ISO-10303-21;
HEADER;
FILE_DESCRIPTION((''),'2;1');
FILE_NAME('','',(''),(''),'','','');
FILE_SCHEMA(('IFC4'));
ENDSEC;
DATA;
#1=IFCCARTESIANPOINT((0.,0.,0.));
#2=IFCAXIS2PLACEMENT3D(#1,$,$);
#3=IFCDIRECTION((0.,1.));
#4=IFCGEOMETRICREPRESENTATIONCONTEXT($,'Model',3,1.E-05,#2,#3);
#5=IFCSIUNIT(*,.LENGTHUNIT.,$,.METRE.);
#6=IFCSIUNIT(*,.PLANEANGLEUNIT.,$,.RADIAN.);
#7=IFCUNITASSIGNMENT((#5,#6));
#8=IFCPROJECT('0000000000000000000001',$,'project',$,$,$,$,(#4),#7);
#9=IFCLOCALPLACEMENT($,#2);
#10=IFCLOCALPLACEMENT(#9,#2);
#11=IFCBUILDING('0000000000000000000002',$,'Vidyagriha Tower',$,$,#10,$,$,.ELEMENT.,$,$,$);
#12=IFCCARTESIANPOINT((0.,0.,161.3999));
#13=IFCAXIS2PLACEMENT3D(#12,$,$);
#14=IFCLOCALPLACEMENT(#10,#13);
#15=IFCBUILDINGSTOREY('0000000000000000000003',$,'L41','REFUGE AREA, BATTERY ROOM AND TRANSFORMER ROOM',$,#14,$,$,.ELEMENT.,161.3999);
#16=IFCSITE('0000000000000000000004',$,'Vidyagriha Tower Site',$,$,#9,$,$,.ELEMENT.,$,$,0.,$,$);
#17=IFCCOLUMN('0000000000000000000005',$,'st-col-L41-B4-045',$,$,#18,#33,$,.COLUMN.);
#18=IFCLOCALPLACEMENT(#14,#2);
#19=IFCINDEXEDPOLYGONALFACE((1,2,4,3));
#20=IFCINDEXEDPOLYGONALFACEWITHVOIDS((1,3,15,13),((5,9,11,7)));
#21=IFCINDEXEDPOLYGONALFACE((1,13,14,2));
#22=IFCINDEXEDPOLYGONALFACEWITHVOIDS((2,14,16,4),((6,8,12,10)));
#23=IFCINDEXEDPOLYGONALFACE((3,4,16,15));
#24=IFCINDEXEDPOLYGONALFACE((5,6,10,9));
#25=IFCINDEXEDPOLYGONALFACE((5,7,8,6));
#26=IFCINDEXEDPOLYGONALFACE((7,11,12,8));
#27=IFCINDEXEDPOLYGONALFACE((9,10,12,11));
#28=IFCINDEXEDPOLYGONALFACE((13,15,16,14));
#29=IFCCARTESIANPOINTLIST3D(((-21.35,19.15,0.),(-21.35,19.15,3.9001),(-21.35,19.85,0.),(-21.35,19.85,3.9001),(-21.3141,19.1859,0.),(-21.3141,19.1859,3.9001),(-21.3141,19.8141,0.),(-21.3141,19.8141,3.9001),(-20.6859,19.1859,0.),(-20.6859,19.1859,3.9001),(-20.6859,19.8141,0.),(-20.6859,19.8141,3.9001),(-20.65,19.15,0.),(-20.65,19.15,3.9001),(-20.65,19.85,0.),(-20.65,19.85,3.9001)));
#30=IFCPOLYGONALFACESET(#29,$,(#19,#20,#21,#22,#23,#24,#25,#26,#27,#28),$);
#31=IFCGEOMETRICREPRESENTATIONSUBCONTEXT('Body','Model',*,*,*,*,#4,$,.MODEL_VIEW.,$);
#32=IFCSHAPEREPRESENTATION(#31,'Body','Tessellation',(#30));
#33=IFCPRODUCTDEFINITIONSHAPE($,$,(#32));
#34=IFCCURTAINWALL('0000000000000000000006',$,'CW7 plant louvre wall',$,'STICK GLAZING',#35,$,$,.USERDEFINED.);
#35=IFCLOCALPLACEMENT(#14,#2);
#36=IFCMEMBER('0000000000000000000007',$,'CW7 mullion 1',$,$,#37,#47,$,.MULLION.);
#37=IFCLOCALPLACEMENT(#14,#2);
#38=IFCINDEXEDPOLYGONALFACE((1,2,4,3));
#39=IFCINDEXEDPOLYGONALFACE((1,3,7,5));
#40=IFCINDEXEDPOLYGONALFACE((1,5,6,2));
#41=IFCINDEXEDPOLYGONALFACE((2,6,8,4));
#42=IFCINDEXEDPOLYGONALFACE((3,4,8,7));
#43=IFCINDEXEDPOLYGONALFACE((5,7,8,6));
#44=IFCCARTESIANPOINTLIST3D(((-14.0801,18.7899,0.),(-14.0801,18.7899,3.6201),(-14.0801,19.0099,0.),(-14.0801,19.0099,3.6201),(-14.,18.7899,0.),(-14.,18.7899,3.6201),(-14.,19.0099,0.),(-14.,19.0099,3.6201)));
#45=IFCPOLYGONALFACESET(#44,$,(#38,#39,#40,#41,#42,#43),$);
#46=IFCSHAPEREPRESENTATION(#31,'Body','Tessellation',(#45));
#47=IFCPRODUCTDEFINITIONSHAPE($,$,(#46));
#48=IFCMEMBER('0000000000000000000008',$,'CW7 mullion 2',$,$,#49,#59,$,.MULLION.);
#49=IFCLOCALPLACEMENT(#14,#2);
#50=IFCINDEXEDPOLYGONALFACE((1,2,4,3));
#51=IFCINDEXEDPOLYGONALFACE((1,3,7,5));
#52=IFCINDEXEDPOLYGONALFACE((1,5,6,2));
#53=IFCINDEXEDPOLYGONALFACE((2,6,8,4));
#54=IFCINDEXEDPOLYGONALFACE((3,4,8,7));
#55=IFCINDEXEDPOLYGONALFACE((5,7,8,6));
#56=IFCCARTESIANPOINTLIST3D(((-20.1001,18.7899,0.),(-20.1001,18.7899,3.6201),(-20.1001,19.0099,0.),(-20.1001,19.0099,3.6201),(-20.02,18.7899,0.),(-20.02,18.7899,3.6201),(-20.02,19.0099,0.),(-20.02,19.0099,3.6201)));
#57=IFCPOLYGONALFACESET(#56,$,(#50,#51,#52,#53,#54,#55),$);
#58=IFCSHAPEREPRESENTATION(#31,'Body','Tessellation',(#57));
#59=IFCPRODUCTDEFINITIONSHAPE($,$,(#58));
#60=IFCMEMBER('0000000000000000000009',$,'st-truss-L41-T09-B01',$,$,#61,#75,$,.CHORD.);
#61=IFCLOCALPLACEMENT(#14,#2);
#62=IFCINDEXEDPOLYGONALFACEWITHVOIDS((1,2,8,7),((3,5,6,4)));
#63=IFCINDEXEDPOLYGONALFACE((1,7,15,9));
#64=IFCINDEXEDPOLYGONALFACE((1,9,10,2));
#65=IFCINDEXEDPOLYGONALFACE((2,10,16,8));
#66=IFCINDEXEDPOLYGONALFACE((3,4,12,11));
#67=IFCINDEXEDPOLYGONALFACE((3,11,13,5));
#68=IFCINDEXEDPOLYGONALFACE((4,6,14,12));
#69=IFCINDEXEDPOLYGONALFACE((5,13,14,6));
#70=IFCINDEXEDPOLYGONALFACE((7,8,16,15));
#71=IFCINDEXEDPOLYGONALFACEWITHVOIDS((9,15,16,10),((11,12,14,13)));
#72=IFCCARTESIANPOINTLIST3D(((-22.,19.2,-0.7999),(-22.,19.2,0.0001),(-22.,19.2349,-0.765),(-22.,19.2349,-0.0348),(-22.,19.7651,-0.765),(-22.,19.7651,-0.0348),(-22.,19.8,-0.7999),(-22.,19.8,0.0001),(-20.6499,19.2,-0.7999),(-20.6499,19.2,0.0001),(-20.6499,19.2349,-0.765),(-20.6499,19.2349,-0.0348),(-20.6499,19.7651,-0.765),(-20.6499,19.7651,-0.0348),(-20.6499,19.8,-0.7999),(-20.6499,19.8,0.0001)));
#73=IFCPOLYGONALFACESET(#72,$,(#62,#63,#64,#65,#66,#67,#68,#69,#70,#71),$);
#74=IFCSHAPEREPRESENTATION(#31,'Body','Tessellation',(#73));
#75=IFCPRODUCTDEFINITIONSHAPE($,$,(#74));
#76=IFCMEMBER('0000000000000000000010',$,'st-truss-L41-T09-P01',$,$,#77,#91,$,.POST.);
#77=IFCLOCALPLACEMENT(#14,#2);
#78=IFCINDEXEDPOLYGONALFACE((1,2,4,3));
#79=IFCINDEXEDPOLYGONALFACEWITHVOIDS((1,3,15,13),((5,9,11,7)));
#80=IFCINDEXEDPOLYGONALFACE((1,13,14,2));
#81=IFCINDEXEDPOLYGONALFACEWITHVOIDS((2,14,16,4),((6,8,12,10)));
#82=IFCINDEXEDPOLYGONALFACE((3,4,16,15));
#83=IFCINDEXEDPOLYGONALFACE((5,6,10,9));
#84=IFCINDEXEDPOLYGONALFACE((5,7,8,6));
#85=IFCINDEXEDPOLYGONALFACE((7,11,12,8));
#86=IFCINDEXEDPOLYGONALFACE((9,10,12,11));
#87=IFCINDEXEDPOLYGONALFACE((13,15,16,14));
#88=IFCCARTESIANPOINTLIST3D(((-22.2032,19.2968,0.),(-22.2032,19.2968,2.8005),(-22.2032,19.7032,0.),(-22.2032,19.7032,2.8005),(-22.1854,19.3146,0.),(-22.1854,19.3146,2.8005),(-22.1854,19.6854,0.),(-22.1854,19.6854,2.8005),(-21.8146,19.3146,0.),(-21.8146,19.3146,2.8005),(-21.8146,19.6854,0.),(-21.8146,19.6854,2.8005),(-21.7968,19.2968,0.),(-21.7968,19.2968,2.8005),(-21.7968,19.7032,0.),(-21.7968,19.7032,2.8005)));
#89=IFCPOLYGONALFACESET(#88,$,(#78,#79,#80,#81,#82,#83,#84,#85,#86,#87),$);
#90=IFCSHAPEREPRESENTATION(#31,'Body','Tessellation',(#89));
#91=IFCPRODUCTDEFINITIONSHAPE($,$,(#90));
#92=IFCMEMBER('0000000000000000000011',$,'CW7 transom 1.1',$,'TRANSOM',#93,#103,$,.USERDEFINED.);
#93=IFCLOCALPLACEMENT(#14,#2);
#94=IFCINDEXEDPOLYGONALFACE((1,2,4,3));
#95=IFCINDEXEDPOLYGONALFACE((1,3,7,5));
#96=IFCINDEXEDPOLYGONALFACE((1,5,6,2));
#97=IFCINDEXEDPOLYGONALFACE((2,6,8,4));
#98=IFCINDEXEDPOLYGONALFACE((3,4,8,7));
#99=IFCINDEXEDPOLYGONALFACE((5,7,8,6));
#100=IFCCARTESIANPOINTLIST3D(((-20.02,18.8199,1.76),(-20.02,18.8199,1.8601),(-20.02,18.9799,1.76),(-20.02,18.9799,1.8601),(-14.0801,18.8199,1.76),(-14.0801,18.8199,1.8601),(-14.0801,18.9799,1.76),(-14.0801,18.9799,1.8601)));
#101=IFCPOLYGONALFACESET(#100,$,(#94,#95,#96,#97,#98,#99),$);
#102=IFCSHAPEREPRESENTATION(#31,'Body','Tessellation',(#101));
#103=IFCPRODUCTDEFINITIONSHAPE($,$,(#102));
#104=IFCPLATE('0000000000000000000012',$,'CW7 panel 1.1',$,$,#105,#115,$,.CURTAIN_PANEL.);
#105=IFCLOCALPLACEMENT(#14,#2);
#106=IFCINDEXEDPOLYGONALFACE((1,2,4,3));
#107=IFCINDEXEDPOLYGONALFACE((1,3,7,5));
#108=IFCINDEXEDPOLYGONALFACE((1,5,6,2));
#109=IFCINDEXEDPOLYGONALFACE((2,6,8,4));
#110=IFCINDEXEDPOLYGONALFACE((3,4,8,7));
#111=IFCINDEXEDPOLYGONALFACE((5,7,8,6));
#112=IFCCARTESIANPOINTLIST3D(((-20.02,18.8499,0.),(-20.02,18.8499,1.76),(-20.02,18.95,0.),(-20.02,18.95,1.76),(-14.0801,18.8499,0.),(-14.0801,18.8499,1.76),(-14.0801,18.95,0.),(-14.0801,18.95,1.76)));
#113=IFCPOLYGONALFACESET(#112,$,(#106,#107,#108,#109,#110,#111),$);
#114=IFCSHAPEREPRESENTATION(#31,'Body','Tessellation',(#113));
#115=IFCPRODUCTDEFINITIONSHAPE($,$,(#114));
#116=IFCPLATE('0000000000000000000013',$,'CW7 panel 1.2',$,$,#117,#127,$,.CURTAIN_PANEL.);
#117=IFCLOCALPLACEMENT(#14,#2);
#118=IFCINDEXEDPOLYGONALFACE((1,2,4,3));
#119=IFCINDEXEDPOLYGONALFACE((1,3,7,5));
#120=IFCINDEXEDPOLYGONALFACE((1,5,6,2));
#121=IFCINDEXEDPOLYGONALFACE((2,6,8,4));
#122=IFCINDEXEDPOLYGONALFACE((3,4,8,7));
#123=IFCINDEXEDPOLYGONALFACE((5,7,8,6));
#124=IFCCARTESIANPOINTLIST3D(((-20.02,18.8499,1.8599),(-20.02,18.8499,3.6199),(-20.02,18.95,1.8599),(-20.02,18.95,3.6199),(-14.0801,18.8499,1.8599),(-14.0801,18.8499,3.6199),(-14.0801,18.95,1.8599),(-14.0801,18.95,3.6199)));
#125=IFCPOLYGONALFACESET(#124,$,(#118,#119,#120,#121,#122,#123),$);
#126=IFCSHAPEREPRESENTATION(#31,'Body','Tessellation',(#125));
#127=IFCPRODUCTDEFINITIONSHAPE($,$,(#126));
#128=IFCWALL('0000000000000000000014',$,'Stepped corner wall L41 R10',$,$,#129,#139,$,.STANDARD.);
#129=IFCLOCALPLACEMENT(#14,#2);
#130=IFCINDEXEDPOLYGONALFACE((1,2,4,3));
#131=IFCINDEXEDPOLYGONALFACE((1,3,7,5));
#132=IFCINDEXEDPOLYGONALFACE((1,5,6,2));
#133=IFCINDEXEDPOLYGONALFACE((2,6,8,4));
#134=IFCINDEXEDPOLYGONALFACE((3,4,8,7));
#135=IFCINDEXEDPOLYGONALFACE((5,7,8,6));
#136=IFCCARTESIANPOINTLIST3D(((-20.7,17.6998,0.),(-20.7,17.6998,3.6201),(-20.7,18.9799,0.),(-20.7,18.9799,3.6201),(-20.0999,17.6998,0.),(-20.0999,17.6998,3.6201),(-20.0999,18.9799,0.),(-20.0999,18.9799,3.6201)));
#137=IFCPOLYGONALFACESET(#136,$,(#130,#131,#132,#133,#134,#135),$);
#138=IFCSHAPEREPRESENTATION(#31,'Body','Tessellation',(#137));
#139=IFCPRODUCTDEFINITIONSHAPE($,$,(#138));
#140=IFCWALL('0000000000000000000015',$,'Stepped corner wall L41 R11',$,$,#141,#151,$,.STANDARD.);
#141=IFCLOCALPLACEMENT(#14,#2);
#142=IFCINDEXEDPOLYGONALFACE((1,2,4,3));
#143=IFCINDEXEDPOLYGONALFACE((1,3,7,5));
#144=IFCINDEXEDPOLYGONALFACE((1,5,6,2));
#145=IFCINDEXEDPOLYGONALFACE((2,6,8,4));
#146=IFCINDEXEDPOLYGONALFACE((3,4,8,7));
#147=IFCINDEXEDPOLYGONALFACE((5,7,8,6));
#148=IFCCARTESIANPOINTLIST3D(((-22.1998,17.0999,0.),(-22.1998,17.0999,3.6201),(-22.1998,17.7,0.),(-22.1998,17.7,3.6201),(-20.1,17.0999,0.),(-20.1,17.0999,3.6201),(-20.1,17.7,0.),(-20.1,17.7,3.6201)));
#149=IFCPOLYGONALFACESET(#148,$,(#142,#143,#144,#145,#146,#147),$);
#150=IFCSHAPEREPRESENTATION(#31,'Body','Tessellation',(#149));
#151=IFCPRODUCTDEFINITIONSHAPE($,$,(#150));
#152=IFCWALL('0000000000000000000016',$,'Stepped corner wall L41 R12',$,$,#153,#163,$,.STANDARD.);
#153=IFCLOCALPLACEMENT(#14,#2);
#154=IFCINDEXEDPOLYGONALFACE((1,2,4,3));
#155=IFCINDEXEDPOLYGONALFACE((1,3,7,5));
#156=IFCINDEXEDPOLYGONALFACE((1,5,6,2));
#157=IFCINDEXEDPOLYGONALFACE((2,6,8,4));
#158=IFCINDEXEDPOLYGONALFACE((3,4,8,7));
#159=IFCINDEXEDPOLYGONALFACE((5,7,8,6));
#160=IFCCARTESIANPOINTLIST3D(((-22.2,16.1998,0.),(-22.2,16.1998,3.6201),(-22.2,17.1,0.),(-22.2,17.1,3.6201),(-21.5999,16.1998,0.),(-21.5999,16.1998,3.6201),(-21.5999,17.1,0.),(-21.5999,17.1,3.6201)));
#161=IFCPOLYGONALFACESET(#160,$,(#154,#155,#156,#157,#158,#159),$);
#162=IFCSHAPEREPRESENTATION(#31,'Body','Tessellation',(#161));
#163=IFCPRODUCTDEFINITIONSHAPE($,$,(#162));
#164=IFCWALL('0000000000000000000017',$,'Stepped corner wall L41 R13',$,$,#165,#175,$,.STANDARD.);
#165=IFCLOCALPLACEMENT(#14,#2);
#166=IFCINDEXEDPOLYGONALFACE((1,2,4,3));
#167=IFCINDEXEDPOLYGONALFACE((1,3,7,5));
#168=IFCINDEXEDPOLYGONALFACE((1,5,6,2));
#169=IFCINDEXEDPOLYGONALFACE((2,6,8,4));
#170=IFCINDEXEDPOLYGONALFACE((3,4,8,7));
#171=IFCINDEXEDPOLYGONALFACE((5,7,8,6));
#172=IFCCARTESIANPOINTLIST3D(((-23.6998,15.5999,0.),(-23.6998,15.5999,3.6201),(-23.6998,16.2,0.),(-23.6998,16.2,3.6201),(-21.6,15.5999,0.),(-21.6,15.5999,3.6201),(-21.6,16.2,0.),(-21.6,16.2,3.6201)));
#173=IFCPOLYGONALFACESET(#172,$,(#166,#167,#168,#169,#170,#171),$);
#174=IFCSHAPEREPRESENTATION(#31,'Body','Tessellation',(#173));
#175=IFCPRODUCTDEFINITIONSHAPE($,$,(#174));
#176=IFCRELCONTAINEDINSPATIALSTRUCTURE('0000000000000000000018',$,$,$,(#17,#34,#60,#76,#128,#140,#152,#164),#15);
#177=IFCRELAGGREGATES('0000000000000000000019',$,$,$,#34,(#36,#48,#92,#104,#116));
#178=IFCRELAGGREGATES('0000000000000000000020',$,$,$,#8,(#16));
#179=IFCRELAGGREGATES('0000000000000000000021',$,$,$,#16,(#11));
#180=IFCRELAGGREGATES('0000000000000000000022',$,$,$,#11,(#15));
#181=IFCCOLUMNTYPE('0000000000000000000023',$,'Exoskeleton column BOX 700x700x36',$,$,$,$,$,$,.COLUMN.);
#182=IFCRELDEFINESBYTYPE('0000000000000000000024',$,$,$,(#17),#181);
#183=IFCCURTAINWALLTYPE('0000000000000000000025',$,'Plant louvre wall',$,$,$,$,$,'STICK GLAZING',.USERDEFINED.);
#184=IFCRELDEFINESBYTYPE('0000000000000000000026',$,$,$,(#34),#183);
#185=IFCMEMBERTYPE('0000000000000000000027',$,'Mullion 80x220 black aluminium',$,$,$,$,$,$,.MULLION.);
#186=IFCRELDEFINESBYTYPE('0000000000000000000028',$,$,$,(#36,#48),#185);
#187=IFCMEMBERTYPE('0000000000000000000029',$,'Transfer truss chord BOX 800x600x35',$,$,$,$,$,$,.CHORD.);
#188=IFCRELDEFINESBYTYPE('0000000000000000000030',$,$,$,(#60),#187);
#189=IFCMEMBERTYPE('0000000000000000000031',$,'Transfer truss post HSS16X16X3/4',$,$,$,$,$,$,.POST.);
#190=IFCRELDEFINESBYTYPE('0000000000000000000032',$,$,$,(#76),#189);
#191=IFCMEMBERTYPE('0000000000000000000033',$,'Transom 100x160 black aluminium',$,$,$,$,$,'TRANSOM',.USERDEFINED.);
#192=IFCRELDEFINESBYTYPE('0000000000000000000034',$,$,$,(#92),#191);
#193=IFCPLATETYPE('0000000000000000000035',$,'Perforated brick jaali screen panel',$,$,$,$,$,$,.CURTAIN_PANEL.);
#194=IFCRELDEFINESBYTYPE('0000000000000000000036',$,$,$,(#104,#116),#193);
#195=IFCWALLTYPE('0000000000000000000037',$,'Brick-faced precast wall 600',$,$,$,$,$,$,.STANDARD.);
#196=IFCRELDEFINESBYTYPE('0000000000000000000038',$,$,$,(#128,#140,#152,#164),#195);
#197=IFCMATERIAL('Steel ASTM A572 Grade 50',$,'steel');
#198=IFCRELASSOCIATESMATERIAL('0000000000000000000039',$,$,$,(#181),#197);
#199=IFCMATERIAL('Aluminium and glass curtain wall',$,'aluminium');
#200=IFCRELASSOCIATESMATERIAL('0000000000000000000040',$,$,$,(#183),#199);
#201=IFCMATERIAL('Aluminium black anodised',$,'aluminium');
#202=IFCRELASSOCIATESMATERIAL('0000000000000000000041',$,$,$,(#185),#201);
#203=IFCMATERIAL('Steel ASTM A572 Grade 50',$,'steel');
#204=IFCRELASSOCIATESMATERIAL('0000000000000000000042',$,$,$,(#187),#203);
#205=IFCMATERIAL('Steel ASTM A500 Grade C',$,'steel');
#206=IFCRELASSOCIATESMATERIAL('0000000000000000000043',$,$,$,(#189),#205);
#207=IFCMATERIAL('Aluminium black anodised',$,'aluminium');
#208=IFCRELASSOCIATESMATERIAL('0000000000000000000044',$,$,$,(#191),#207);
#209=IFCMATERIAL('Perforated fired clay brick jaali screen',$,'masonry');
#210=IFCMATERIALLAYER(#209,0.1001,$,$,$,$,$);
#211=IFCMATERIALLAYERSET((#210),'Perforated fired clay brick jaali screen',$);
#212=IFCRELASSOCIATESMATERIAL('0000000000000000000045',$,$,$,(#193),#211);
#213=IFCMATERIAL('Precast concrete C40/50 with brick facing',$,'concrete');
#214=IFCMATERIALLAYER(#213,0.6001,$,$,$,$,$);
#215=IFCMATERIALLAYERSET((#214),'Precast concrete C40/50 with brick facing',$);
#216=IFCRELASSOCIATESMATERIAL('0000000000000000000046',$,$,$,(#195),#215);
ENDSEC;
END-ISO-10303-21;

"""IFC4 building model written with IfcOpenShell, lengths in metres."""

from ifc_helpers import new_model, si_unit, direction, frame, frame_2d, origin, origin_2d, place, context, subcontext, project, spatial, rectangle, hollow_rectangle, extrude, material, layer, layer_set, material_profile, profile_set, type_object, element, aggregate, save


model = new_model("IFC4")

# Units and contexts
model_context = context("Model", 3, precision=1e-05, world=origin(), true_north=direction((0.0, 1.0)))
body_context = subcontext(model_context, "Body", "Model", "MODEL_VIEW")
ifc_project = project(units=[si_unit("LENGTHUNIT", "METRE"), si_unit("PLANEANGLEUNIT", "RADIAN")], contexts=[model_context])

# Site, building, storey
site_placement = place(None, origin())
site = spatial("IfcSite", under=ifc_project, at=site_placement, Name="Vidyagriha Tower Site", CompositionType="ELEMENT", RefElevation=0.0)
building_placement = place(site_placement, origin())
building = spatial("IfcBuilding", under=site, at=building_placement, Name="Vidyagriha Tower", CompositionType="ELEMENT")
storey_placement = place(building_placement, frame((0.0, 0.0, 161.3999)))
storey = spatial("IfcBuildingStorey", under=building, at=storey_placement, Name="L41", Description="REFUGE AREA, BATTERY ROOM AND TRANSFORMER ROOM", CompositionType="ELEMENT", Elevation=161.3999)

# Column
ifc_material_1 = material(Name="Steel ASTM A572 Grade 50", Category="steel")
ifc_material_profile_1 = material_profile(ifc_material_1, hollow_rectangle(XDim=0.7, YDim=0.7, WallThickness=0.0359, at=origin_2d()), Name="BOX 700x700x36")
ifc_profile_set_1 = profile_set([ifc_material_profile_1], Name="Steel ASTM A572 Grade 50")
column_type = type_object("IfcColumnType", Name="Exoskeleton column BOX 700x700x36", PredefinedType="COLUMN", material=ifc_profile_set_1)
column_placement = place(storey_placement, frame((-21.0, 19.5, 0.0)))
element("IfcColumn", 1, at=column_placement, inside=storey, type_object=column_type, Name="st-col-L41-B4-045", PredefinedType="COLUMN", context=body_context, shape_type="SweptSolid", body=[
    extrude(hollow_rectangle(XDim=0.7, YDim=0.7, WallThickness=0.0359, at=origin_2d()), origin(), (0.0, 0.0, 1.0), 3.9001),
])

# Curtain wall, members
ifc_material_2 = material(Name="Aluminium and glass curtain wall", Category="aluminium")
curtain_wall_type = type_object("IfcCurtainWallType", Name="Plant louvre wall", ElementType="STICK GLAZING", PredefinedType="USERDEFINED", material=ifc_material_2)
curtain_wall_placement = place(storey_placement, origin())
curtain_wall = element("IfcCurtainWall", 2, at=curtain_wall_placement, inside=storey, type_object=curtain_wall_type, Name="CW7 plant louvre wall", ObjectType="STICK GLAZING", PredefinedType="USERDEFINED")
ifc_material_3 = material(Name="Aluminium black anodised", Category="aluminium")
ifc_material_profile_2 = material_profile(ifc_material_3, rectangle(XDim=0.22, YDim=0.0801, at=origin_2d()), Name="Mullion 80x220 black aluminium")
ifc_profile_set_2 = profile_set([ifc_material_profile_2], Name="Aluminium black anodised")
member_type_1 = type_object("IfcMemberType", Name="Mullion 80x220 black aluminium", PredefinedType="MULLION", material=ifc_profile_set_2)
member_1_placement = place(storey_placement, frame((-14.04, 18.8999, 0.0), z_axis=(0.0, 0.0, 1.0), x_axis=(0.0, -1.0, 0.0)))
member_1 = element("IfcMember", 3, at=member_1_placement, type_object=member_type_1, Name="CW7 mullion 1", PredefinedType="MULLION", context=body_context, shape_type="SweptSolid", body=[
    extrude(rectangle(XDim=0.22, YDim=0.0801, at=origin_2d()), origin(), (0.0, 0.0, 1.0), 3.6201),
])
member_2_placement = place(storey_placement, frame((-20.0601, 18.8999, 0.0), z_axis=(0.0, 0.0, 1.0), x_axis=(0.0, -1.0, 0.0)))
member_2 = element("IfcMember", 4, at=member_2_placement, type_object=member_type_1, Name="CW7 mullion 2", PredefinedType="MULLION", context=body_context, shape_type="SweptSolid", body=[
    extrude(rectangle(XDim=0.22, YDim=0.0801, at=origin_2d()), origin(), (0.0, 0.0, 1.0), 3.6201),
])

# Members
ifc_material_4 = material(Name="Steel ASTM A572 Grade 50", Category="steel")
ifc_material_profile_3 = material_profile(ifc_material_4, hollow_rectangle(XDim=0.6001, YDim=0.8, WallThickness=0.0349, at=origin_2d()), Name="BOX 800x600x35")
ifc_profile_set_3 = profile_set([ifc_material_profile_3], Name="Steel ASTM A572 Grade 50")
member_type_2 = type_object("IfcMemberType", Name="Transfer truss chord BOX 800x600x35", PredefinedType="CHORD", material=ifc_profile_set_3)
member_3_placement = place(storey_placement, frame((-22.0, 19.5, -0.3999), z_axis=(1.0, 0.0, 0.0), x_axis=(0.0, 1.0, 0.0)))
element("IfcMember", 5, at=member_3_placement, inside=storey, type_object=member_type_2, Name="st-truss-L41-T09-B01", PredefinedType="CHORD", context=body_context, shape_type="SweptSolid", body=[
    extrude(hollow_rectangle(XDim=0.6001, YDim=0.8, WallThickness=0.0349, at=origin_2d()), origin(), (0.0, 0.0, 1.0), 1.3501),
])
ifc_material_5 = material(Name="Steel ASTM A500 Grade C", Category="steel")
ifc_material_profile_4 = material_profile(ifc_material_5, hollow_rectangle(XDim=0.4065, YDim=0.4065, WallThickness=0.0178, at=origin_2d()), Name="HSS16X16X3/4")
ifc_profile_set_4 = profile_set([ifc_material_profile_4], Name="Steel ASTM A500 Grade C")
member_type_3 = type_object("IfcMemberType", Name="Transfer truss post HSS16X16X3/4", PredefinedType="POST", material=ifc_profile_set_4)
member_4_placement = place(storey_placement, frame((-22.0, 19.5, 0.0)))
element("IfcMember", 6, at=member_4_placement, inside=storey, type_object=member_type_3, Name="st-truss-L41-T09-P01", PredefinedType="POST", context=body_context, shape_type="SweptSolid", body=[
    extrude(hollow_rectangle(XDim=0.4065, YDim=0.4065, WallThickness=0.0178, at=origin_2d()), origin(), (0.0, 0.0, 1.0), 2.8005),
])

# Member
ifc_material_6 = material(Name="Aluminium black anodised", Category="aluminium")
ifc_material_profile_5 = material_profile(ifc_material_6, rectangle(XDim=0.1599, YDim=0.1001, at=origin_2d()), Name="Transom 100x160 black aluminium")
ifc_profile_set_5 = profile_set([ifc_material_profile_5], Name="Aluminium black anodised")
member_type_4 = type_object("IfcMemberType", Name="Transom 100x160 black aluminium", ElementType="TRANSOM", PredefinedType="USERDEFINED", material=ifc_profile_set_5)
member_5_placement = place(storey_placement, frame((-14.0801, 18.8999, 1.8101), z_axis=(-1.0, 0.0, 0.0), x_axis=(0.0, -1.0, 0.0)))
member_5 = element("IfcMember", 7, at=member_5_placement, type_object=member_type_4, Name="CW7 transom 1.1", ObjectType="TRANSOM", PredefinedType="USERDEFINED", context=body_context, shape_type="SweptSolid", body=[
    extrude(rectangle(XDim=0.1599, YDim=0.1001, at=origin_2d()), origin(), (0.0, 0.0, 1.0), 5.9399),
])

# Plates
ifc_material_7 = material(Name="Perforated fired clay brick jaali screen", Category="masonry")
ifc_layer_1 = layer(ifc_material_7, 0.1001)
ifc_layer_set_1 = layer_set([ifc_layer_1], Name="Perforated fired clay brick jaali screen")
plate_type = type_object("IfcPlateType", Name="Perforated brick jaali screen panel", PredefinedType="CURTAIN_PANEL", material=ifc_layer_set_1)
plate_1_placement = place(storey_placement, frame((-17.05, 18.8999, 0.0), z_axis=(0.0, 0.0, 1.0), x_axis=(-1.0, 0.0, 0.0)))
plate_1 = element("IfcPlate", 8, at=plate_1_placement, type_object=plate_type, Name="CW7 panel 1.1", PredefinedType="CURTAIN_PANEL", context=body_context, shape_type="SweptSolid", body=[
    extrude(rectangle(XDim=5.9399, YDim=0.1001, at=origin_2d()), origin(), (0.0, 0.0, 1.0), 1.76),
])
plate_2_placement = place(storey_placement, frame((-17.05, 18.8999, 1.8599), z_axis=(0.0, 0.0, 1.0), x_axis=(-1.0, 0.0, 0.0)))
plate_2 = element("IfcPlate", 9, at=plate_2_placement, type_object=plate_type, Name="CW7 panel 1.2", PredefinedType="CURTAIN_PANEL", context=body_context, shape_type="SweptSolid", body=[
    extrude(rectangle(XDim=5.9399, YDim=0.1001, at=origin_2d()), origin(), (0.0, 0.0, 1.0), 1.76),
])
aggregate(curtain_wall, [member_1, member_2, member_5, plate_1, plate_2])

# Walls
ifc_material_8 = material(Name="Precast concrete C40/50 with brick facing", Category="concrete")
ifc_layer_2 = layer(ifc_material_8, 0.6001)
ifc_layer_set_2 = layer_set([ifc_layer_2], Name="Precast concrete C40/50 with brick facing")
wall_type_1 = type_object("IfcWallType", Name="Brick-faced precast wall 600", PredefinedType="STANDARD", material=ifc_layer_set_2)
wall_1_placement = place(storey_placement, frame((-20.3999, 18.98, 0.0), z_axis=(0.0, 0.0, 1.0), x_axis=(0.0, -1.0, 0.0)))
element("IfcWall", 10, at=wall_1_placement, inside=storey, type_object=wall_type_1, Name="Stepped corner wall L41 R10", PredefinedType="STANDARD", context=body_context, shape_type="SweptSolid", body=[
    extrude(rectangle(XDim=1.28, YDim=0.6001, at=frame_2d((0.6401, 0.0))), origin(), (0.0, 0.0, 1.0), 3.6201),
])
wall_2_placement = place(storey_placement, frame((-20.1001, 17.3999, 0.0), z_axis=(0.0, 0.0, 1.0), x_axis=(-1.0, 0.0, 0.0)))
element("IfcWall", 11, at=wall_2_placement, inside=storey, type_object=wall_type_1, Name="Stepped corner wall L41 R11", PredefinedType="STANDARD", context=body_context, shape_type="SweptSolid", body=[
    extrude(rectangle(XDim=2.0999, YDim=0.6001, at=frame_2d((1.0498, 0.0))), origin(), (0.0, 0.0, 1.0), 3.6201),
])
wall_3_placement = place(storey_placement, frame((-21.8999, 17.1001, 0.0), z_axis=(0.0, 0.0, 1.0), x_axis=(0.0, -1.0, 0.0)))
element("IfcWall", 12, at=wall_3_placement, inside=storey, type_object=wall_type_1, Name="Stepped corner wall L41 R12", PredefinedType="STANDARD", context=body_context, shape_type="SweptSolid", body=[
    extrude(rectangle(XDim=0.9001, YDim=0.6001, at=frame_2d((0.4502, 0.0))), origin(), (0.0, 0.0, 1.0), 3.6201),
])
wall_4_placement = place(storey_placement, frame((-21.6001, 15.8999, 0.0), z_axis=(0.0, 0.0, 1.0), x_axis=(-1.0, 0.0, 0.0)))
element("IfcWall", 13, at=wall_4_placement, inside=storey, type_object=wall_type_1, Name="Stepped corner wall L41 R13", PredefinedType="STANDARD", context=body_context, shape_type="SweptSolid", body=[
    extrude(rectangle(XDim=2.0999, YDim=0.6001, at=frame_2d((1.0498, 0.0))), origin(), (0.0, 0.0, 1.0), 3.6201),
])

save(model, "model.ifc")
